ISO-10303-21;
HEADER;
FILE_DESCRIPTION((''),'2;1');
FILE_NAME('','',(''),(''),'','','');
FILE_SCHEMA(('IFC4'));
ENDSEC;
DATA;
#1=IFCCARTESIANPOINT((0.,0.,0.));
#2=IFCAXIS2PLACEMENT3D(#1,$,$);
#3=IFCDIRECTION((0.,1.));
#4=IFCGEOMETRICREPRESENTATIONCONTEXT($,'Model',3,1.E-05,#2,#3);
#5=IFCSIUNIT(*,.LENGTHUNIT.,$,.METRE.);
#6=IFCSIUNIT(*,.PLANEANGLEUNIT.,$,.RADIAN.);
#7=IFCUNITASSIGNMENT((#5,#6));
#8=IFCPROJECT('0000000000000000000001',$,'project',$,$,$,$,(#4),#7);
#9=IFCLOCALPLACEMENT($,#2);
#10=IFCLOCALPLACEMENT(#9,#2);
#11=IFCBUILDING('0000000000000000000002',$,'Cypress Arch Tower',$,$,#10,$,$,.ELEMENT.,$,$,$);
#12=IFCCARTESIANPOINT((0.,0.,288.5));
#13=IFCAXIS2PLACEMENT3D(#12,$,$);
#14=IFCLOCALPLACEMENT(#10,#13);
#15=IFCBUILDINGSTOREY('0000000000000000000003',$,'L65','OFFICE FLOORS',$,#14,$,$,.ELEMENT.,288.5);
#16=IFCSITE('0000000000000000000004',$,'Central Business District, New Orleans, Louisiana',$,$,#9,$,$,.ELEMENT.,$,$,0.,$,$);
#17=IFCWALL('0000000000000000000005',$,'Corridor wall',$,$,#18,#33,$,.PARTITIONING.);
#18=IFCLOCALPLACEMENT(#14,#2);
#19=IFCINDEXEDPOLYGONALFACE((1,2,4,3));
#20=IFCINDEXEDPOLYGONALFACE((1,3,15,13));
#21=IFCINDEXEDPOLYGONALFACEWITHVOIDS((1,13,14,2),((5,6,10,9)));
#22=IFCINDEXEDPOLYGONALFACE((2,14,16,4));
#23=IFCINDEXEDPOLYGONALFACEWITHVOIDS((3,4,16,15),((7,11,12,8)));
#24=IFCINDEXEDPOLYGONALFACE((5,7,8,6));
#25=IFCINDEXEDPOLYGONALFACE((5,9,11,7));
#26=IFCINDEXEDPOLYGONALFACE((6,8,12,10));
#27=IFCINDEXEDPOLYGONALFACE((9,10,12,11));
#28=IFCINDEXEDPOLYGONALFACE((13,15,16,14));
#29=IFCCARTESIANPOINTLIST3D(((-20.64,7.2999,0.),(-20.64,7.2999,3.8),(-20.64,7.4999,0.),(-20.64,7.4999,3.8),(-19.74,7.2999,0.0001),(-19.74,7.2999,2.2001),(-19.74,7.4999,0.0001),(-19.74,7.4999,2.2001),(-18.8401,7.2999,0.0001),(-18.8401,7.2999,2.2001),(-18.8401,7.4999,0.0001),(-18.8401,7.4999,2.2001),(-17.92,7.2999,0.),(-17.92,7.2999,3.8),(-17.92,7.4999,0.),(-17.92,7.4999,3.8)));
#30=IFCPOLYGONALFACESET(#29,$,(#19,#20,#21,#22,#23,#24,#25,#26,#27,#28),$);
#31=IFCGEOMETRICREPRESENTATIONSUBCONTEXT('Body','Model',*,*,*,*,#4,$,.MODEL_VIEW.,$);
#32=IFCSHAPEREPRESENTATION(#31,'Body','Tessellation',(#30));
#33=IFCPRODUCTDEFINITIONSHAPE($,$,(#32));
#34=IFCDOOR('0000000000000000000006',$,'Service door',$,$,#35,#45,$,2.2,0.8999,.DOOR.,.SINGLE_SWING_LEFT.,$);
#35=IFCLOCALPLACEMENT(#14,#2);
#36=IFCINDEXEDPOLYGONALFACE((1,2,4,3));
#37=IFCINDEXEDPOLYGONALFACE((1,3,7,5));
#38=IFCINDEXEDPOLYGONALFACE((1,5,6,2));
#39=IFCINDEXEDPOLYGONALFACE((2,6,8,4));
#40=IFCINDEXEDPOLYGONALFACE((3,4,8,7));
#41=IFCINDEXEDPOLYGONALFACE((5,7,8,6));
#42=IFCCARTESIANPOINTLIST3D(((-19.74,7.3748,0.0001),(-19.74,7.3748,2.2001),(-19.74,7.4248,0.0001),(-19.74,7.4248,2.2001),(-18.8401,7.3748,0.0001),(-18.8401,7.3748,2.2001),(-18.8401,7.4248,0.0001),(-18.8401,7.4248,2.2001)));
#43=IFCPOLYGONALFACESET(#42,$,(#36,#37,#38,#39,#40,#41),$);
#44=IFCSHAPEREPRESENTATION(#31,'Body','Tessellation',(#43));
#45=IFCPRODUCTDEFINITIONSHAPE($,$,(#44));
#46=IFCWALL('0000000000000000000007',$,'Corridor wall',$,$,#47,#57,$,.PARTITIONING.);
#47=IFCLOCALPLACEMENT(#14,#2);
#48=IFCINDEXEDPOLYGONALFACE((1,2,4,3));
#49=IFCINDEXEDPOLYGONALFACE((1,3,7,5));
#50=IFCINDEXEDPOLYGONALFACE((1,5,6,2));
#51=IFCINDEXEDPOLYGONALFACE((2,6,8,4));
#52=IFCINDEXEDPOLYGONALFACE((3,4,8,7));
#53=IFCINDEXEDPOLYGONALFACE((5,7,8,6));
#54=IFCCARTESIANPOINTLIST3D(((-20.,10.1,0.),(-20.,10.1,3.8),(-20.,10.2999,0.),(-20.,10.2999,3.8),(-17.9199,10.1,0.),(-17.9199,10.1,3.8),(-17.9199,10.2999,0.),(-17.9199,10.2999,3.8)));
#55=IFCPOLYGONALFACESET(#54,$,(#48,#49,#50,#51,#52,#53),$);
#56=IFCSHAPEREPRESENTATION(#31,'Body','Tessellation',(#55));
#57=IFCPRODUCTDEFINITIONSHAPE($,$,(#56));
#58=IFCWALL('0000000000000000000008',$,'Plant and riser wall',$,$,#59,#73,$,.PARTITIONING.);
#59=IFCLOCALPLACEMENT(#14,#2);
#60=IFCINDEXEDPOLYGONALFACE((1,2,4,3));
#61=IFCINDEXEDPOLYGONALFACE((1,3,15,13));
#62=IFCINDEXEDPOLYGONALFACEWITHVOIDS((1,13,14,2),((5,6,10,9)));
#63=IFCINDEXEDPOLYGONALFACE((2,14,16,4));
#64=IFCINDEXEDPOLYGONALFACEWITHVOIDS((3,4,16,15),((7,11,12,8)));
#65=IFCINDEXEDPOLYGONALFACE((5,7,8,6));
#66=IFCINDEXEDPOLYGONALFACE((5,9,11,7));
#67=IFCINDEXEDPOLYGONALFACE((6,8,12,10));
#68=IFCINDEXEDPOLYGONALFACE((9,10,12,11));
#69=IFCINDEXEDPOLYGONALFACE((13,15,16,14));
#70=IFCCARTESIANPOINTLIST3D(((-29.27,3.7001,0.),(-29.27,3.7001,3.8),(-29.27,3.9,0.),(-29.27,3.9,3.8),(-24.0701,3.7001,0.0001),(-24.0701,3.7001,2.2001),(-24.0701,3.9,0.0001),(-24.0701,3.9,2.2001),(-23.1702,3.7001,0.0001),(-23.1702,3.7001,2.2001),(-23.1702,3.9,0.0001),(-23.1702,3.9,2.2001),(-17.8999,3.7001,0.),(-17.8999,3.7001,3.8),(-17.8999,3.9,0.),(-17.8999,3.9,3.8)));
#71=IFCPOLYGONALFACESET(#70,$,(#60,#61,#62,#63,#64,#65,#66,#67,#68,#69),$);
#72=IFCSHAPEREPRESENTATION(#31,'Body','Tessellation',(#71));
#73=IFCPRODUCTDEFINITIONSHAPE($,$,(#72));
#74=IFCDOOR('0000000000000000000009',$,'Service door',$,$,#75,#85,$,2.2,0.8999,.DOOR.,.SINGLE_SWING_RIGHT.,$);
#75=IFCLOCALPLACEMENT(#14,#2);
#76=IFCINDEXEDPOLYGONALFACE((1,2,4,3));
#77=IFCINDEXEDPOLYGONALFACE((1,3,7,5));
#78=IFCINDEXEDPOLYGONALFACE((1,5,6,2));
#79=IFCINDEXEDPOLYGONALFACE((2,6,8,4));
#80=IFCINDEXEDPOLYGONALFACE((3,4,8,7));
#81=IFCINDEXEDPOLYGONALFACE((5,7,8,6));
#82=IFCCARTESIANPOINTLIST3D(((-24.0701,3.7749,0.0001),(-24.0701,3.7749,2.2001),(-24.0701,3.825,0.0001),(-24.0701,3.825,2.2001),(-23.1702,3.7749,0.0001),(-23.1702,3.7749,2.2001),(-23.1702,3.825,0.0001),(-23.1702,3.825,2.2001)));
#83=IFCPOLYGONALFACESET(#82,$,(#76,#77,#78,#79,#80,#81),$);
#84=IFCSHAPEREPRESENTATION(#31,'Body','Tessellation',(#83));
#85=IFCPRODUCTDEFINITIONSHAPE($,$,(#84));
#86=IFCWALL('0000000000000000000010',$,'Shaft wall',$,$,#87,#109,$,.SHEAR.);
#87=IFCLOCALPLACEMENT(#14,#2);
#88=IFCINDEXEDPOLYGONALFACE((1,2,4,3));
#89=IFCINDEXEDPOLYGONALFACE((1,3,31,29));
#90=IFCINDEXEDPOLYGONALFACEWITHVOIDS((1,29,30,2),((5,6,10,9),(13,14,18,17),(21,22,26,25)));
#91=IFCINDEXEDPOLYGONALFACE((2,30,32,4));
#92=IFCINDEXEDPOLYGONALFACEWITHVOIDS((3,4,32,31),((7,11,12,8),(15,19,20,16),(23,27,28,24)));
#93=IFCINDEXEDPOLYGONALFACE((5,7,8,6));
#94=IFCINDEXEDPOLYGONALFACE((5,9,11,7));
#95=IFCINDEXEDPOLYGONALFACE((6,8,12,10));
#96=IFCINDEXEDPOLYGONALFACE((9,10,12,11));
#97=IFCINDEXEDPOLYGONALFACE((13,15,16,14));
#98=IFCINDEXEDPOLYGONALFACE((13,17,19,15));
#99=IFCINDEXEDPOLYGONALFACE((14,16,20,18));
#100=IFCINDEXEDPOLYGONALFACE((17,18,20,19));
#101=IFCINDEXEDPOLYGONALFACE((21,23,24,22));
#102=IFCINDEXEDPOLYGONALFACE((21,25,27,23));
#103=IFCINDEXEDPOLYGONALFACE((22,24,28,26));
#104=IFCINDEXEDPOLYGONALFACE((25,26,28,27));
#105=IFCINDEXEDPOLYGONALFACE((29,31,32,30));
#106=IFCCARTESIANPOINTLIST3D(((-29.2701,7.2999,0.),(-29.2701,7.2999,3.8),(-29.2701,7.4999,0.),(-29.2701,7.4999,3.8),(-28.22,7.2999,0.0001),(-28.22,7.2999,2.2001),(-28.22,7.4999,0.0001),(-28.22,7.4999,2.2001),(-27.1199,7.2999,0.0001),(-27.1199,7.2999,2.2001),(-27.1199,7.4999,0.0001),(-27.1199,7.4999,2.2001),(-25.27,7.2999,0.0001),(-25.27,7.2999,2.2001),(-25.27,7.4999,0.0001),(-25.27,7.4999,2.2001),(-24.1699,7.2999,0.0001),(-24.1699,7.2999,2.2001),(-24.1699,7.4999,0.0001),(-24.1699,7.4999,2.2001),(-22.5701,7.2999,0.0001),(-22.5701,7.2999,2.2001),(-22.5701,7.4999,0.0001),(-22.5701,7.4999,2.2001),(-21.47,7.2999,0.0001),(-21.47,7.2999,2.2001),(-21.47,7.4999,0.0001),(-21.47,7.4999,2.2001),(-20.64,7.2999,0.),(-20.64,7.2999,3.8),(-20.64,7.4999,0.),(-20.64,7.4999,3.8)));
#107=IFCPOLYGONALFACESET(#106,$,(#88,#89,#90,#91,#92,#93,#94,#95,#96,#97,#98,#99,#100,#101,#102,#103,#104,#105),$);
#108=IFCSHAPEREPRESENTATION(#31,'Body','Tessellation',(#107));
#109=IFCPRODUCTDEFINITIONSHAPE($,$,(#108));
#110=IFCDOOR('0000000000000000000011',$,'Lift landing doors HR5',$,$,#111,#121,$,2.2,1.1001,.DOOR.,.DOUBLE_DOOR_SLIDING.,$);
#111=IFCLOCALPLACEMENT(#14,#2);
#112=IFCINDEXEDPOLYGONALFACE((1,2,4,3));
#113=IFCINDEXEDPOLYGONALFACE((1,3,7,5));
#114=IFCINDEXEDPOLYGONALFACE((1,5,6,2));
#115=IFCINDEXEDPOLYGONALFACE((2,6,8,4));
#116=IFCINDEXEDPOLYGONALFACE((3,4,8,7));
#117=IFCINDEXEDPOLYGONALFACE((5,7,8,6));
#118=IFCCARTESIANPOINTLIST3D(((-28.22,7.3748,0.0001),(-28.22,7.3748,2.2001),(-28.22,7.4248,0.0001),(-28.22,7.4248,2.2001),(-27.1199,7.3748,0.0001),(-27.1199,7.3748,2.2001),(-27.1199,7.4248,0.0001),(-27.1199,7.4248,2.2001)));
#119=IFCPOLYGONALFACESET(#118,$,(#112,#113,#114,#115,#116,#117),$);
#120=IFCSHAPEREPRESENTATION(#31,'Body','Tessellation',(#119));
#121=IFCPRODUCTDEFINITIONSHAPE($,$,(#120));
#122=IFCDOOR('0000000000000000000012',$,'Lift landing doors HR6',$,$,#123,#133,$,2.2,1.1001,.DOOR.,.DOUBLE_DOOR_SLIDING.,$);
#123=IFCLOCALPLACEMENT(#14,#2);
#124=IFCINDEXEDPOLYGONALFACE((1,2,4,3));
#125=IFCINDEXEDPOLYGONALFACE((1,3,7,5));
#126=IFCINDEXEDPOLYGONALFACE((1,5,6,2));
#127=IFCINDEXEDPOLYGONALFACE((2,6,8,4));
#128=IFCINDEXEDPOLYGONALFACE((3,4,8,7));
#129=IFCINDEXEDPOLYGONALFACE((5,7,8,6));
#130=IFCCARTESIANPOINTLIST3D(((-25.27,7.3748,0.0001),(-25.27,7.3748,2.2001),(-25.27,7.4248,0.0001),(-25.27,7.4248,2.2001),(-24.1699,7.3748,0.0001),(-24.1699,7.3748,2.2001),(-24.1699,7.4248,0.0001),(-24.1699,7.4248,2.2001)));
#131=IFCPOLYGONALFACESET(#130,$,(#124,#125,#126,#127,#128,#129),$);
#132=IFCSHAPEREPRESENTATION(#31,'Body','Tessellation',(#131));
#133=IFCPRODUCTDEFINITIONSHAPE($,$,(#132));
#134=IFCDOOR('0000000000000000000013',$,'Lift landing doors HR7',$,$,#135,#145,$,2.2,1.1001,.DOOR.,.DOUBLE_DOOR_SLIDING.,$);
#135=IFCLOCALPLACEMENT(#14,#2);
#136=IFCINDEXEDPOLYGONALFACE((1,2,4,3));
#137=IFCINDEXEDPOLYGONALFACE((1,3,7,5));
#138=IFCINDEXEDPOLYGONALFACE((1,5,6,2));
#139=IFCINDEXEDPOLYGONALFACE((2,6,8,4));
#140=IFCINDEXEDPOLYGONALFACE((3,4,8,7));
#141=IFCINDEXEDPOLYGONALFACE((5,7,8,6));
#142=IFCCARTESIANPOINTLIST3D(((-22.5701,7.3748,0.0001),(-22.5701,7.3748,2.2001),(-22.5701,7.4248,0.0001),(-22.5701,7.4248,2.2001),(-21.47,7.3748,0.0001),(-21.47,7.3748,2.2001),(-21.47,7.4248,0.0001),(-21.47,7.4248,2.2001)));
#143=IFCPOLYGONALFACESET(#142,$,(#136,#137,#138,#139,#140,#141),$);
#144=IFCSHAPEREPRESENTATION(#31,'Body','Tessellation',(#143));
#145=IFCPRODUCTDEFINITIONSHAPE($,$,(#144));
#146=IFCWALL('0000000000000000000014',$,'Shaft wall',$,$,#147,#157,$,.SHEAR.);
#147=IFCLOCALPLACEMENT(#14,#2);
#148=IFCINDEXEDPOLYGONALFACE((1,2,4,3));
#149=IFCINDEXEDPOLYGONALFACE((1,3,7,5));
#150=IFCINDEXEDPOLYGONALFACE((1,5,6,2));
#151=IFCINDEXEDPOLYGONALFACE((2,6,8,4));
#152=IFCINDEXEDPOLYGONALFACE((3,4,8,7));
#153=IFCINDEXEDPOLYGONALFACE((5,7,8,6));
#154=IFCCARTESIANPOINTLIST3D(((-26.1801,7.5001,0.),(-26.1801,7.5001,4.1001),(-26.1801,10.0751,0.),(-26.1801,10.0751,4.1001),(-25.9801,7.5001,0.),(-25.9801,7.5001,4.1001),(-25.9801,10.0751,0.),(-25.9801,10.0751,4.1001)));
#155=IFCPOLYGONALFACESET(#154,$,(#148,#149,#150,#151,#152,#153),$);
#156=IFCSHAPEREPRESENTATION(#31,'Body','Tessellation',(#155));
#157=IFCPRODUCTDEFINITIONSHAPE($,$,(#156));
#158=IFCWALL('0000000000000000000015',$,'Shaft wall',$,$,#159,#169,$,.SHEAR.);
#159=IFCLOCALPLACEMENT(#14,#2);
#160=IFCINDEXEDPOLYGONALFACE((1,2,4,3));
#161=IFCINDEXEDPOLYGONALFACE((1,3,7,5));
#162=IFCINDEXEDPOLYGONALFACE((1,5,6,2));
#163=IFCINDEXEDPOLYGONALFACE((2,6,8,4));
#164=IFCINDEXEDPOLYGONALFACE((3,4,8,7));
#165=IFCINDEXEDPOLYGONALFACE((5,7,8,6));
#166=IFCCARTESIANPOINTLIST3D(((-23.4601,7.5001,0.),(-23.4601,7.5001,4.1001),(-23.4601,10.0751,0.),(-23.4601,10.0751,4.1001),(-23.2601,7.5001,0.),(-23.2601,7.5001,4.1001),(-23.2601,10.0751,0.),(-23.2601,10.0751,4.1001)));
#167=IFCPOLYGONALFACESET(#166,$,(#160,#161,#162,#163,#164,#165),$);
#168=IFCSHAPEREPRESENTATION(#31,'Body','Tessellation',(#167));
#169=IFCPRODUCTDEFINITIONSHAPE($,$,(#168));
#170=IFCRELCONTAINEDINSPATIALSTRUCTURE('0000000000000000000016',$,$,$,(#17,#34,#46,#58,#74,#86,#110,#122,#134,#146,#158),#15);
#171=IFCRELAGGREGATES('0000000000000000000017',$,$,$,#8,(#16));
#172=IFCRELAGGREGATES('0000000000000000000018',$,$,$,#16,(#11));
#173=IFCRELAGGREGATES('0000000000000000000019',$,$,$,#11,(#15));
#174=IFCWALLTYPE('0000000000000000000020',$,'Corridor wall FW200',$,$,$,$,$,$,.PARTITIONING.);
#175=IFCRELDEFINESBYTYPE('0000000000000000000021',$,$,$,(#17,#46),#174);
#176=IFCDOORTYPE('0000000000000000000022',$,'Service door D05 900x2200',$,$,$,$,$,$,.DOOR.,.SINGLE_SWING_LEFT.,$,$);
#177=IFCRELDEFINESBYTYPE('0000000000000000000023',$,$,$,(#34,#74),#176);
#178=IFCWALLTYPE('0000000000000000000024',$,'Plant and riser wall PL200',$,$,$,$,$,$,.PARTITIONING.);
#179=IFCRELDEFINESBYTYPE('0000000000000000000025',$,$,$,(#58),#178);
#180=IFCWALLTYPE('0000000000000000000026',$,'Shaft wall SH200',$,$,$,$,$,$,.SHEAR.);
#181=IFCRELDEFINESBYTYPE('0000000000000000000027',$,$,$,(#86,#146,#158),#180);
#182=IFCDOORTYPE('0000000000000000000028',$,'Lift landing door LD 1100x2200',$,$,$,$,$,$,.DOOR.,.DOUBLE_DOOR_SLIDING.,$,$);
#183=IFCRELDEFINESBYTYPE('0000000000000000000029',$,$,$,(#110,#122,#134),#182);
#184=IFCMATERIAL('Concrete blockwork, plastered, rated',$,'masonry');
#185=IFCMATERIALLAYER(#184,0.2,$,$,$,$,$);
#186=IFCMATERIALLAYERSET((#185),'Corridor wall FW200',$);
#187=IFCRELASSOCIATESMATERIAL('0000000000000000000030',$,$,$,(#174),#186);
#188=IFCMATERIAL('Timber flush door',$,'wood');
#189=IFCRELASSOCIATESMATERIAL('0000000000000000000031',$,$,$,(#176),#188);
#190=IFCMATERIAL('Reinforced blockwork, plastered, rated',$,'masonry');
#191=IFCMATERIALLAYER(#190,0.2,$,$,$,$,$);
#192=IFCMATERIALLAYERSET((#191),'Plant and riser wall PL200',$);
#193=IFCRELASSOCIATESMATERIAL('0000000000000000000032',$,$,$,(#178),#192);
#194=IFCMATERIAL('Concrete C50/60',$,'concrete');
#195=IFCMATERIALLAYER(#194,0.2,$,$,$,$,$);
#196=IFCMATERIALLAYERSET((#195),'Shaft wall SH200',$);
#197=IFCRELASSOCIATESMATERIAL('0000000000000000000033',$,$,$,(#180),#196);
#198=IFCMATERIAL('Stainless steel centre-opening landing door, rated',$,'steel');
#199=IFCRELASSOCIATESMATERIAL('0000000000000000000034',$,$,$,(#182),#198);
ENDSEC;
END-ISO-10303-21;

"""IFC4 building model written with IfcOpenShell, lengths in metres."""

from ifc_helpers import new_model, si_unit, direction, frame, frame_2d, origin, place, context, subcontext, project, spatial, rectangle, extrude, material, layer, layer_set, type_object, element, fill, save


model = new_model("IFC4")

# Units and contexts
model_context = context("Model", 3, precision=1e-05, world=origin(), true_north=direction((0.0, 1.0)))
body_context = subcontext(model_context, "Body", "Model", "MODEL_VIEW")
ifc_project = project(units=[si_unit("LENGTHUNIT", "METRE"), si_unit("PLANEANGLEUNIT", "RADIAN")], contexts=[model_context])

# Site, building, storey
site_placement = place(None, origin())
site = spatial("IfcSite", under=ifc_project, at=site_placement, Name="Central Business District, New Orleans, Louisiana", CompositionType="ELEMENT", RefElevation=0.0)
building_placement = place(site_placement, origin())
building = spatial("IfcBuilding", under=site, at=building_placement, Name="Cypress Arch Tower", CompositionType="ELEMENT")
storey_placement = place(building_placement, frame((0.0, 0.0, 288.5)))
storey = spatial("IfcBuildingStorey", under=building, at=storey_placement, Name="L65", Description="OFFICE FLOORS", CompositionType="ELEMENT", Elevation=288.5)

# Wall, opening, door
ifc_material_1 = material(Name="Concrete blockwork, plastered, rated", Category="masonry")
ifc_layer_1 = layer(ifc_material_1, 0.2)
ifc_layer_set_1 = layer_set([ifc_layer_1], Name="Corridor wall FW200")
wall_type_1 = type_object("IfcWallType", Name="Corridor wall FW200", PredefinedType="PARTITIONING", material=ifc_layer_set_1)
wall_1_placement = place(storey_placement, frame((-20.6399, 7.3999, 0.0), z_axis=(0.0, 0.0, 1.0), x_axis=(1.0, 0.0, 0.0)))
wall_1 = element("IfcWall", 1, at=wall_1_placement, inside=storey, type_object=wall_type_1, Name="Corridor wall", PredefinedType="PARTITIONING", context=body_context, shape_type="SweptSolid", body=[
    extrude(rectangle(XDim=2.72, YDim=0.2, at=frame_2d((1.3599, 0.0))), origin(), (0.0, 0.0, 1.0), 3.8),
])
opening_1_placement = place(wall_1_placement, frame((0.8999, 0.0, 0.0)))
opening_1 = element("IfcOpeningElement", 2, at=opening_1_placement, cuts=wall_1, PredefinedType="OPENING", context=body_context, shape_type="SweptSolid", body=[
    extrude(rectangle(XDim=0.8999, YDim=2.2, at=frame_2d((0.45, 1.1001))), frame((0.0, 0.1099, 0.0), z_axis=(0.0, -1.0, 0.0), x_axis=(1.0, 0.0, 0.0)), (0.0, 0.0, 1.0), 0.22),
])
ifc_material_2 = material(Name="Timber flush door", Category="wood")
door_type_1 = type_object("IfcDoorType", Name="Service door D05 900x2200", OperationType="SINGLE_SWING_LEFT", PredefinedType="DOOR", material=ifc_material_2)
door_1_placement = place(opening_1_placement, origin())
door_1 = element("IfcDoor", 3, at=door_1_placement, inside=storey, type_object=door_type_1, Name="Service door", OperationType="SINGLE_SWING_LEFT", OverallHeight=2.2, OverallWidth=0.8999, PredefinedType="DOOR", context=body_context, shape_type="SweptSolid", body=[
    extrude(rectangle(XDim=0.8999, YDim=2.2, at=frame_2d((0.45, 1.1001))), frame((0.0, 0.0249, 0.0), z_axis=(0.0, -1.0, 0.0), x_axis=(1.0, 0.0, 0.0)), (0.0, 0.0, 1.0), 0.05),
])
fill(opening_1, door_1)

# Wall
wall_2_placement = place(storey_placement, frame((-20.0, 10.2, 0.0), z_axis=(0.0, 0.0, 1.0), x_axis=(1.0, 0.0, 0.0)))
element("IfcWall", 4, at=wall_2_placement, inside=storey, type_object=wall_type_1, Name="Corridor wall", PredefinedType="PARTITIONING", context=body_context, shape_type="SweptSolid", body=[
    extrude(rectangle(XDim=2.0801, YDim=0.2, at=frame_2d((1.04, 0.0))), origin(), (0.0, 0.0, 1.0), 3.8),
])

# Wall, opening, door
ifc_material_3 = material(Name="Reinforced blockwork, plastered, rated", Category="masonry")
ifc_layer_2 = layer(ifc_material_3, 0.2)
ifc_layer_set_2 = layer_set([ifc_layer_2], Name="Plant and riser wall PL200")
wall_type_2 = type_object("IfcWallType", Name="Plant and riser wall PL200", PredefinedType="PARTITIONING", material=ifc_layer_set_2)
wall_3_placement = place(storey_placement, frame((-29.27, 3.8, 0.0), z_axis=(0.0, 0.0, 1.0), x_axis=(1.0, 0.0, 0.0)))
wall_3 = element("IfcWall", 5, at=wall_3_placement, inside=storey, type_object=wall_type_2, Name="Plant and riser wall", PredefinedType="PARTITIONING", context=body_context, shape_type="SweptSolid", body=[
    extrude(rectangle(XDim=11.3701, YDim=0.2, at=frame_2d((5.6851, 0.0))), origin(), (0.0, 0.0, 1.0), 3.8),
])
opening_2_placement = place(wall_3_placement, frame((5.2, 0.0, 0.0)))
opening_2 = element("IfcOpeningElement", 6, at=opening_2_placement, cuts=wall_3, PredefinedType="OPENING", context=body_context, shape_type="SweptSolid", body=[
    extrude(rectangle(XDim=0.8999, YDim=2.2, at=frame_2d((0.45, 1.1001))), frame((0.0, 0.1099, 0.0), z_axis=(0.0, -1.0, 0.0), x_axis=(1.0, 0.0, 0.0)), (0.0, 0.0, 1.0), 0.22),
])
door_2_placement = place(opening_2_placement, origin())
door_2 = element("IfcDoor", 7, at=door_2_placement, inside=storey, type_object=door_type_1, Name="Service door", OperationType="SINGLE_SWING_RIGHT", OverallHeight=2.2, OverallWidth=0.8999, PredefinedType="DOOR", context=body_context, shape_type="SweptSolid", body=[
    extrude(rectangle(XDim=0.8999, YDim=2.2, at=frame_2d((0.45, 1.1001))), frame((0.0, 0.0249, 0.0), z_axis=(0.0, -1.0, 0.0), x_axis=(1.0, 0.0, 0.0)), (0.0, 0.0, 1.0), 0.05),
])
fill(opening_2, door_2)

# Wall, openings, doors
ifc_material_4 = material(Name="Concrete C50/60", Category="concrete")
ifc_layer_3 = layer(ifc_material_4, 0.2)
ifc_layer_set_3 = layer_set([ifc_layer_3], Name="Shaft wall SH200")
wall_type_3 = type_object("IfcWallType", Name="Shaft wall SH200", PredefinedType="SHEAR", material=ifc_layer_set_3)
wall_4_placement = place(storey_placement, frame((-29.27, 7.3999, 0.0), z_axis=(0.0, 0.0, 1.0), x_axis=(1.0, 0.0, 0.0)))
wall_4 = element("IfcWall", 8, at=wall_4_placement, inside=storey, type_object=wall_type_3, Name="Shaft wall", PredefinedType="SHEAR", context=body_context, shape_type="SweptSolid", body=[
    extrude(rectangle(XDim=8.6301, YDim=0.2, at=frame_2d((4.3149, 0.0))), origin(), (0.0, 0.0, 1.0), 3.8),
])
opening_3_placement = place(wall_4_placement, frame((1.05, 0.0, 0.0)))
opening_3 = element("IfcOpeningElement", 9, at=opening_3_placement, cuts=wall_4, PredefinedType="OPENING", context=body_context, shape_type="SweptSolid", body=[
    extrude(rectangle(XDim=1.1001, YDim=2.2, at=frame_2d((0.55, 1.1001))), frame((0.0, 0.1099, 0.0), z_axis=(0.0, -1.0, 0.0), x_axis=(1.0, 0.0, 0.0)), (0.0, 0.0, 1.0), 0.22),
])
opening_4_placement = place(wall_4_placement, frame((4.0, 0.0, 0.0)))
opening_4 = element("IfcOpeningElement", 10, at=opening_4_placement, cuts=wall_4, PredefinedType="OPENING", context=body_context, shape_type="SweptSolid", body=[
    extrude(rectangle(XDim=1.1001, YDim=2.2, at=frame_2d((0.55, 1.1001))), frame((0.0, 0.1099, 0.0), z_axis=(0.0, -1.0, 0.0), x_axis=(1.0, 0.0, 0.0)), (0.0, 0.0, 1.0), 0.22),
])
opening_5_placement = place(wall_4_placement, frame((6.7, 0.0, 0.0)))
opening_5 = element("IfcOpeningElement", 11, at=opening_5_placement, cuts=wall_4, PredefinedType="OPENING", context=body_context, shape_type="SweptSolid", body=[
    extrude(rectangle(XDim=1.1001, YDim=2.2, at=frame_2d((0.55, 1.1001))), frame((0.0, 0.1099, 0.0), z_axis=(0.0, -1.0, 0.0), x_axis=(1.0, 0.0, 0.0)), (0.0, 0.0, 1.0), 0.22),
])
ifc_material_5 = material(Name="Stainless steel centre-opening landing door, rated", Category="steel")
door_type_2 = type_object("IfcDoorType", Name="Lift landing door LD 1100x2200", OperationType="DOUBLE_DOOR_SLIDING", PredefinedType="DOOR", material=ifc_material_5)
door_3_placement = place(opening_3_placement, origin())
door_3 = element("IfcDoor", 12, at=door_3_placement, inside=storey, type_object=door_type_2, Name="Lift landing doors HR5", OperationType="DOUBLE_DOOR_SLIDING", OverallHeight=2.2, OverallWidth=1.1001, PredefinedType="DOOR", context=body_context, shape_type="SweptSolid", body=[
    extrude(rectangle(XDim=1.1001, YDim=2.2, at=frame_2d((0.55, 1.1001))), frame((0.0, 0.0249, 0.0), z_axis=(0.0, -1.0, 0.0), x_axis=(1.0, 0.0, 0.0)), (0.0, 0.0, 1.0), 0.05),
])
fill(opening_3, door_3)
door_4_placement = place(opening_4_placement, origin())
door_4 = element("IfcDoor", 13, at=door_4_placement, inside=storey, type_object=door_type_2, Name="Lift landing doors HR6", OperationType="DOUBLE_DOOR_SLIDING", OverallHeight=2.2, OverallWidth=1.1001, PredefinedType="DOOR", context=body_context, shape_type="SweptSolid", body=[
    extrude(rectangle(XDim=1.1001, YDim=2.2, at=frame_2d((0.55, 1.1001))), frame((0.0, 0.0249, 0.0), z_axis=(0.0, -1.0, 0.0), x_axis=(1.0, 0.0, 0.0)), (0.0, 0.0, 1.0), 0.05),
])
fill(opening_4, door_4)
door_5_placement = place(opening_5_placement, origin())
door_5 = element("IfcDoor", 14, at=door_5_placement, inside=storey, type_object=door_type_2, Name="Lift landing doors HR7", OperationType="DOUBLE_DOOR_SLIDING", OverallHeight=2.2, OverallWidth=1.1001, PredefinedType="DOOR", context=body_context, shape_type="SweptSolid", body=[
    extrude(rectangle(XDim=1.1001, YDim=2.2, at=frame_2d((0.55, 1.1001))), frame((0.0, 0.0249, 0.0), z_axis=(0.0, -1.0, 0.0), x_axis=(1.0, 0.0, 0.0)), (0.0, 0.0, 1.0), 0.05),
])
fill(opening_5, door_5)

# Walls
for number, where, z_axis, x_axis, name in (
    (15, (-26.0801, 7.5, 0.0), (0.0, 0.0, 1.0), (0.0, 1.0, 0.0), "Shaft wall"),
    (16, (-23.3601, 7.5, 0.0), (0.0, 0.0, 1.0), (0.0, 1.0, 0.0), "Shaft wall"),
):
    element("IfcWall", number, at=place(storey_placement, frame(where, z_axis=z_axis, x_axis=x_axis)), inside=storey, type_object=wall_type_3, Name=name, PredefinedType="SHEAR", context=body_context, shape_type="SweptSolid", body=[
        extrude(rectangle(XDim=2.575, YDim=0.2, at=frame_2d((1.2876, 0.0))), origin(), (0.0, 0.0, 1.0), 4.1001),
    ])

save(model, "model.ifc")
